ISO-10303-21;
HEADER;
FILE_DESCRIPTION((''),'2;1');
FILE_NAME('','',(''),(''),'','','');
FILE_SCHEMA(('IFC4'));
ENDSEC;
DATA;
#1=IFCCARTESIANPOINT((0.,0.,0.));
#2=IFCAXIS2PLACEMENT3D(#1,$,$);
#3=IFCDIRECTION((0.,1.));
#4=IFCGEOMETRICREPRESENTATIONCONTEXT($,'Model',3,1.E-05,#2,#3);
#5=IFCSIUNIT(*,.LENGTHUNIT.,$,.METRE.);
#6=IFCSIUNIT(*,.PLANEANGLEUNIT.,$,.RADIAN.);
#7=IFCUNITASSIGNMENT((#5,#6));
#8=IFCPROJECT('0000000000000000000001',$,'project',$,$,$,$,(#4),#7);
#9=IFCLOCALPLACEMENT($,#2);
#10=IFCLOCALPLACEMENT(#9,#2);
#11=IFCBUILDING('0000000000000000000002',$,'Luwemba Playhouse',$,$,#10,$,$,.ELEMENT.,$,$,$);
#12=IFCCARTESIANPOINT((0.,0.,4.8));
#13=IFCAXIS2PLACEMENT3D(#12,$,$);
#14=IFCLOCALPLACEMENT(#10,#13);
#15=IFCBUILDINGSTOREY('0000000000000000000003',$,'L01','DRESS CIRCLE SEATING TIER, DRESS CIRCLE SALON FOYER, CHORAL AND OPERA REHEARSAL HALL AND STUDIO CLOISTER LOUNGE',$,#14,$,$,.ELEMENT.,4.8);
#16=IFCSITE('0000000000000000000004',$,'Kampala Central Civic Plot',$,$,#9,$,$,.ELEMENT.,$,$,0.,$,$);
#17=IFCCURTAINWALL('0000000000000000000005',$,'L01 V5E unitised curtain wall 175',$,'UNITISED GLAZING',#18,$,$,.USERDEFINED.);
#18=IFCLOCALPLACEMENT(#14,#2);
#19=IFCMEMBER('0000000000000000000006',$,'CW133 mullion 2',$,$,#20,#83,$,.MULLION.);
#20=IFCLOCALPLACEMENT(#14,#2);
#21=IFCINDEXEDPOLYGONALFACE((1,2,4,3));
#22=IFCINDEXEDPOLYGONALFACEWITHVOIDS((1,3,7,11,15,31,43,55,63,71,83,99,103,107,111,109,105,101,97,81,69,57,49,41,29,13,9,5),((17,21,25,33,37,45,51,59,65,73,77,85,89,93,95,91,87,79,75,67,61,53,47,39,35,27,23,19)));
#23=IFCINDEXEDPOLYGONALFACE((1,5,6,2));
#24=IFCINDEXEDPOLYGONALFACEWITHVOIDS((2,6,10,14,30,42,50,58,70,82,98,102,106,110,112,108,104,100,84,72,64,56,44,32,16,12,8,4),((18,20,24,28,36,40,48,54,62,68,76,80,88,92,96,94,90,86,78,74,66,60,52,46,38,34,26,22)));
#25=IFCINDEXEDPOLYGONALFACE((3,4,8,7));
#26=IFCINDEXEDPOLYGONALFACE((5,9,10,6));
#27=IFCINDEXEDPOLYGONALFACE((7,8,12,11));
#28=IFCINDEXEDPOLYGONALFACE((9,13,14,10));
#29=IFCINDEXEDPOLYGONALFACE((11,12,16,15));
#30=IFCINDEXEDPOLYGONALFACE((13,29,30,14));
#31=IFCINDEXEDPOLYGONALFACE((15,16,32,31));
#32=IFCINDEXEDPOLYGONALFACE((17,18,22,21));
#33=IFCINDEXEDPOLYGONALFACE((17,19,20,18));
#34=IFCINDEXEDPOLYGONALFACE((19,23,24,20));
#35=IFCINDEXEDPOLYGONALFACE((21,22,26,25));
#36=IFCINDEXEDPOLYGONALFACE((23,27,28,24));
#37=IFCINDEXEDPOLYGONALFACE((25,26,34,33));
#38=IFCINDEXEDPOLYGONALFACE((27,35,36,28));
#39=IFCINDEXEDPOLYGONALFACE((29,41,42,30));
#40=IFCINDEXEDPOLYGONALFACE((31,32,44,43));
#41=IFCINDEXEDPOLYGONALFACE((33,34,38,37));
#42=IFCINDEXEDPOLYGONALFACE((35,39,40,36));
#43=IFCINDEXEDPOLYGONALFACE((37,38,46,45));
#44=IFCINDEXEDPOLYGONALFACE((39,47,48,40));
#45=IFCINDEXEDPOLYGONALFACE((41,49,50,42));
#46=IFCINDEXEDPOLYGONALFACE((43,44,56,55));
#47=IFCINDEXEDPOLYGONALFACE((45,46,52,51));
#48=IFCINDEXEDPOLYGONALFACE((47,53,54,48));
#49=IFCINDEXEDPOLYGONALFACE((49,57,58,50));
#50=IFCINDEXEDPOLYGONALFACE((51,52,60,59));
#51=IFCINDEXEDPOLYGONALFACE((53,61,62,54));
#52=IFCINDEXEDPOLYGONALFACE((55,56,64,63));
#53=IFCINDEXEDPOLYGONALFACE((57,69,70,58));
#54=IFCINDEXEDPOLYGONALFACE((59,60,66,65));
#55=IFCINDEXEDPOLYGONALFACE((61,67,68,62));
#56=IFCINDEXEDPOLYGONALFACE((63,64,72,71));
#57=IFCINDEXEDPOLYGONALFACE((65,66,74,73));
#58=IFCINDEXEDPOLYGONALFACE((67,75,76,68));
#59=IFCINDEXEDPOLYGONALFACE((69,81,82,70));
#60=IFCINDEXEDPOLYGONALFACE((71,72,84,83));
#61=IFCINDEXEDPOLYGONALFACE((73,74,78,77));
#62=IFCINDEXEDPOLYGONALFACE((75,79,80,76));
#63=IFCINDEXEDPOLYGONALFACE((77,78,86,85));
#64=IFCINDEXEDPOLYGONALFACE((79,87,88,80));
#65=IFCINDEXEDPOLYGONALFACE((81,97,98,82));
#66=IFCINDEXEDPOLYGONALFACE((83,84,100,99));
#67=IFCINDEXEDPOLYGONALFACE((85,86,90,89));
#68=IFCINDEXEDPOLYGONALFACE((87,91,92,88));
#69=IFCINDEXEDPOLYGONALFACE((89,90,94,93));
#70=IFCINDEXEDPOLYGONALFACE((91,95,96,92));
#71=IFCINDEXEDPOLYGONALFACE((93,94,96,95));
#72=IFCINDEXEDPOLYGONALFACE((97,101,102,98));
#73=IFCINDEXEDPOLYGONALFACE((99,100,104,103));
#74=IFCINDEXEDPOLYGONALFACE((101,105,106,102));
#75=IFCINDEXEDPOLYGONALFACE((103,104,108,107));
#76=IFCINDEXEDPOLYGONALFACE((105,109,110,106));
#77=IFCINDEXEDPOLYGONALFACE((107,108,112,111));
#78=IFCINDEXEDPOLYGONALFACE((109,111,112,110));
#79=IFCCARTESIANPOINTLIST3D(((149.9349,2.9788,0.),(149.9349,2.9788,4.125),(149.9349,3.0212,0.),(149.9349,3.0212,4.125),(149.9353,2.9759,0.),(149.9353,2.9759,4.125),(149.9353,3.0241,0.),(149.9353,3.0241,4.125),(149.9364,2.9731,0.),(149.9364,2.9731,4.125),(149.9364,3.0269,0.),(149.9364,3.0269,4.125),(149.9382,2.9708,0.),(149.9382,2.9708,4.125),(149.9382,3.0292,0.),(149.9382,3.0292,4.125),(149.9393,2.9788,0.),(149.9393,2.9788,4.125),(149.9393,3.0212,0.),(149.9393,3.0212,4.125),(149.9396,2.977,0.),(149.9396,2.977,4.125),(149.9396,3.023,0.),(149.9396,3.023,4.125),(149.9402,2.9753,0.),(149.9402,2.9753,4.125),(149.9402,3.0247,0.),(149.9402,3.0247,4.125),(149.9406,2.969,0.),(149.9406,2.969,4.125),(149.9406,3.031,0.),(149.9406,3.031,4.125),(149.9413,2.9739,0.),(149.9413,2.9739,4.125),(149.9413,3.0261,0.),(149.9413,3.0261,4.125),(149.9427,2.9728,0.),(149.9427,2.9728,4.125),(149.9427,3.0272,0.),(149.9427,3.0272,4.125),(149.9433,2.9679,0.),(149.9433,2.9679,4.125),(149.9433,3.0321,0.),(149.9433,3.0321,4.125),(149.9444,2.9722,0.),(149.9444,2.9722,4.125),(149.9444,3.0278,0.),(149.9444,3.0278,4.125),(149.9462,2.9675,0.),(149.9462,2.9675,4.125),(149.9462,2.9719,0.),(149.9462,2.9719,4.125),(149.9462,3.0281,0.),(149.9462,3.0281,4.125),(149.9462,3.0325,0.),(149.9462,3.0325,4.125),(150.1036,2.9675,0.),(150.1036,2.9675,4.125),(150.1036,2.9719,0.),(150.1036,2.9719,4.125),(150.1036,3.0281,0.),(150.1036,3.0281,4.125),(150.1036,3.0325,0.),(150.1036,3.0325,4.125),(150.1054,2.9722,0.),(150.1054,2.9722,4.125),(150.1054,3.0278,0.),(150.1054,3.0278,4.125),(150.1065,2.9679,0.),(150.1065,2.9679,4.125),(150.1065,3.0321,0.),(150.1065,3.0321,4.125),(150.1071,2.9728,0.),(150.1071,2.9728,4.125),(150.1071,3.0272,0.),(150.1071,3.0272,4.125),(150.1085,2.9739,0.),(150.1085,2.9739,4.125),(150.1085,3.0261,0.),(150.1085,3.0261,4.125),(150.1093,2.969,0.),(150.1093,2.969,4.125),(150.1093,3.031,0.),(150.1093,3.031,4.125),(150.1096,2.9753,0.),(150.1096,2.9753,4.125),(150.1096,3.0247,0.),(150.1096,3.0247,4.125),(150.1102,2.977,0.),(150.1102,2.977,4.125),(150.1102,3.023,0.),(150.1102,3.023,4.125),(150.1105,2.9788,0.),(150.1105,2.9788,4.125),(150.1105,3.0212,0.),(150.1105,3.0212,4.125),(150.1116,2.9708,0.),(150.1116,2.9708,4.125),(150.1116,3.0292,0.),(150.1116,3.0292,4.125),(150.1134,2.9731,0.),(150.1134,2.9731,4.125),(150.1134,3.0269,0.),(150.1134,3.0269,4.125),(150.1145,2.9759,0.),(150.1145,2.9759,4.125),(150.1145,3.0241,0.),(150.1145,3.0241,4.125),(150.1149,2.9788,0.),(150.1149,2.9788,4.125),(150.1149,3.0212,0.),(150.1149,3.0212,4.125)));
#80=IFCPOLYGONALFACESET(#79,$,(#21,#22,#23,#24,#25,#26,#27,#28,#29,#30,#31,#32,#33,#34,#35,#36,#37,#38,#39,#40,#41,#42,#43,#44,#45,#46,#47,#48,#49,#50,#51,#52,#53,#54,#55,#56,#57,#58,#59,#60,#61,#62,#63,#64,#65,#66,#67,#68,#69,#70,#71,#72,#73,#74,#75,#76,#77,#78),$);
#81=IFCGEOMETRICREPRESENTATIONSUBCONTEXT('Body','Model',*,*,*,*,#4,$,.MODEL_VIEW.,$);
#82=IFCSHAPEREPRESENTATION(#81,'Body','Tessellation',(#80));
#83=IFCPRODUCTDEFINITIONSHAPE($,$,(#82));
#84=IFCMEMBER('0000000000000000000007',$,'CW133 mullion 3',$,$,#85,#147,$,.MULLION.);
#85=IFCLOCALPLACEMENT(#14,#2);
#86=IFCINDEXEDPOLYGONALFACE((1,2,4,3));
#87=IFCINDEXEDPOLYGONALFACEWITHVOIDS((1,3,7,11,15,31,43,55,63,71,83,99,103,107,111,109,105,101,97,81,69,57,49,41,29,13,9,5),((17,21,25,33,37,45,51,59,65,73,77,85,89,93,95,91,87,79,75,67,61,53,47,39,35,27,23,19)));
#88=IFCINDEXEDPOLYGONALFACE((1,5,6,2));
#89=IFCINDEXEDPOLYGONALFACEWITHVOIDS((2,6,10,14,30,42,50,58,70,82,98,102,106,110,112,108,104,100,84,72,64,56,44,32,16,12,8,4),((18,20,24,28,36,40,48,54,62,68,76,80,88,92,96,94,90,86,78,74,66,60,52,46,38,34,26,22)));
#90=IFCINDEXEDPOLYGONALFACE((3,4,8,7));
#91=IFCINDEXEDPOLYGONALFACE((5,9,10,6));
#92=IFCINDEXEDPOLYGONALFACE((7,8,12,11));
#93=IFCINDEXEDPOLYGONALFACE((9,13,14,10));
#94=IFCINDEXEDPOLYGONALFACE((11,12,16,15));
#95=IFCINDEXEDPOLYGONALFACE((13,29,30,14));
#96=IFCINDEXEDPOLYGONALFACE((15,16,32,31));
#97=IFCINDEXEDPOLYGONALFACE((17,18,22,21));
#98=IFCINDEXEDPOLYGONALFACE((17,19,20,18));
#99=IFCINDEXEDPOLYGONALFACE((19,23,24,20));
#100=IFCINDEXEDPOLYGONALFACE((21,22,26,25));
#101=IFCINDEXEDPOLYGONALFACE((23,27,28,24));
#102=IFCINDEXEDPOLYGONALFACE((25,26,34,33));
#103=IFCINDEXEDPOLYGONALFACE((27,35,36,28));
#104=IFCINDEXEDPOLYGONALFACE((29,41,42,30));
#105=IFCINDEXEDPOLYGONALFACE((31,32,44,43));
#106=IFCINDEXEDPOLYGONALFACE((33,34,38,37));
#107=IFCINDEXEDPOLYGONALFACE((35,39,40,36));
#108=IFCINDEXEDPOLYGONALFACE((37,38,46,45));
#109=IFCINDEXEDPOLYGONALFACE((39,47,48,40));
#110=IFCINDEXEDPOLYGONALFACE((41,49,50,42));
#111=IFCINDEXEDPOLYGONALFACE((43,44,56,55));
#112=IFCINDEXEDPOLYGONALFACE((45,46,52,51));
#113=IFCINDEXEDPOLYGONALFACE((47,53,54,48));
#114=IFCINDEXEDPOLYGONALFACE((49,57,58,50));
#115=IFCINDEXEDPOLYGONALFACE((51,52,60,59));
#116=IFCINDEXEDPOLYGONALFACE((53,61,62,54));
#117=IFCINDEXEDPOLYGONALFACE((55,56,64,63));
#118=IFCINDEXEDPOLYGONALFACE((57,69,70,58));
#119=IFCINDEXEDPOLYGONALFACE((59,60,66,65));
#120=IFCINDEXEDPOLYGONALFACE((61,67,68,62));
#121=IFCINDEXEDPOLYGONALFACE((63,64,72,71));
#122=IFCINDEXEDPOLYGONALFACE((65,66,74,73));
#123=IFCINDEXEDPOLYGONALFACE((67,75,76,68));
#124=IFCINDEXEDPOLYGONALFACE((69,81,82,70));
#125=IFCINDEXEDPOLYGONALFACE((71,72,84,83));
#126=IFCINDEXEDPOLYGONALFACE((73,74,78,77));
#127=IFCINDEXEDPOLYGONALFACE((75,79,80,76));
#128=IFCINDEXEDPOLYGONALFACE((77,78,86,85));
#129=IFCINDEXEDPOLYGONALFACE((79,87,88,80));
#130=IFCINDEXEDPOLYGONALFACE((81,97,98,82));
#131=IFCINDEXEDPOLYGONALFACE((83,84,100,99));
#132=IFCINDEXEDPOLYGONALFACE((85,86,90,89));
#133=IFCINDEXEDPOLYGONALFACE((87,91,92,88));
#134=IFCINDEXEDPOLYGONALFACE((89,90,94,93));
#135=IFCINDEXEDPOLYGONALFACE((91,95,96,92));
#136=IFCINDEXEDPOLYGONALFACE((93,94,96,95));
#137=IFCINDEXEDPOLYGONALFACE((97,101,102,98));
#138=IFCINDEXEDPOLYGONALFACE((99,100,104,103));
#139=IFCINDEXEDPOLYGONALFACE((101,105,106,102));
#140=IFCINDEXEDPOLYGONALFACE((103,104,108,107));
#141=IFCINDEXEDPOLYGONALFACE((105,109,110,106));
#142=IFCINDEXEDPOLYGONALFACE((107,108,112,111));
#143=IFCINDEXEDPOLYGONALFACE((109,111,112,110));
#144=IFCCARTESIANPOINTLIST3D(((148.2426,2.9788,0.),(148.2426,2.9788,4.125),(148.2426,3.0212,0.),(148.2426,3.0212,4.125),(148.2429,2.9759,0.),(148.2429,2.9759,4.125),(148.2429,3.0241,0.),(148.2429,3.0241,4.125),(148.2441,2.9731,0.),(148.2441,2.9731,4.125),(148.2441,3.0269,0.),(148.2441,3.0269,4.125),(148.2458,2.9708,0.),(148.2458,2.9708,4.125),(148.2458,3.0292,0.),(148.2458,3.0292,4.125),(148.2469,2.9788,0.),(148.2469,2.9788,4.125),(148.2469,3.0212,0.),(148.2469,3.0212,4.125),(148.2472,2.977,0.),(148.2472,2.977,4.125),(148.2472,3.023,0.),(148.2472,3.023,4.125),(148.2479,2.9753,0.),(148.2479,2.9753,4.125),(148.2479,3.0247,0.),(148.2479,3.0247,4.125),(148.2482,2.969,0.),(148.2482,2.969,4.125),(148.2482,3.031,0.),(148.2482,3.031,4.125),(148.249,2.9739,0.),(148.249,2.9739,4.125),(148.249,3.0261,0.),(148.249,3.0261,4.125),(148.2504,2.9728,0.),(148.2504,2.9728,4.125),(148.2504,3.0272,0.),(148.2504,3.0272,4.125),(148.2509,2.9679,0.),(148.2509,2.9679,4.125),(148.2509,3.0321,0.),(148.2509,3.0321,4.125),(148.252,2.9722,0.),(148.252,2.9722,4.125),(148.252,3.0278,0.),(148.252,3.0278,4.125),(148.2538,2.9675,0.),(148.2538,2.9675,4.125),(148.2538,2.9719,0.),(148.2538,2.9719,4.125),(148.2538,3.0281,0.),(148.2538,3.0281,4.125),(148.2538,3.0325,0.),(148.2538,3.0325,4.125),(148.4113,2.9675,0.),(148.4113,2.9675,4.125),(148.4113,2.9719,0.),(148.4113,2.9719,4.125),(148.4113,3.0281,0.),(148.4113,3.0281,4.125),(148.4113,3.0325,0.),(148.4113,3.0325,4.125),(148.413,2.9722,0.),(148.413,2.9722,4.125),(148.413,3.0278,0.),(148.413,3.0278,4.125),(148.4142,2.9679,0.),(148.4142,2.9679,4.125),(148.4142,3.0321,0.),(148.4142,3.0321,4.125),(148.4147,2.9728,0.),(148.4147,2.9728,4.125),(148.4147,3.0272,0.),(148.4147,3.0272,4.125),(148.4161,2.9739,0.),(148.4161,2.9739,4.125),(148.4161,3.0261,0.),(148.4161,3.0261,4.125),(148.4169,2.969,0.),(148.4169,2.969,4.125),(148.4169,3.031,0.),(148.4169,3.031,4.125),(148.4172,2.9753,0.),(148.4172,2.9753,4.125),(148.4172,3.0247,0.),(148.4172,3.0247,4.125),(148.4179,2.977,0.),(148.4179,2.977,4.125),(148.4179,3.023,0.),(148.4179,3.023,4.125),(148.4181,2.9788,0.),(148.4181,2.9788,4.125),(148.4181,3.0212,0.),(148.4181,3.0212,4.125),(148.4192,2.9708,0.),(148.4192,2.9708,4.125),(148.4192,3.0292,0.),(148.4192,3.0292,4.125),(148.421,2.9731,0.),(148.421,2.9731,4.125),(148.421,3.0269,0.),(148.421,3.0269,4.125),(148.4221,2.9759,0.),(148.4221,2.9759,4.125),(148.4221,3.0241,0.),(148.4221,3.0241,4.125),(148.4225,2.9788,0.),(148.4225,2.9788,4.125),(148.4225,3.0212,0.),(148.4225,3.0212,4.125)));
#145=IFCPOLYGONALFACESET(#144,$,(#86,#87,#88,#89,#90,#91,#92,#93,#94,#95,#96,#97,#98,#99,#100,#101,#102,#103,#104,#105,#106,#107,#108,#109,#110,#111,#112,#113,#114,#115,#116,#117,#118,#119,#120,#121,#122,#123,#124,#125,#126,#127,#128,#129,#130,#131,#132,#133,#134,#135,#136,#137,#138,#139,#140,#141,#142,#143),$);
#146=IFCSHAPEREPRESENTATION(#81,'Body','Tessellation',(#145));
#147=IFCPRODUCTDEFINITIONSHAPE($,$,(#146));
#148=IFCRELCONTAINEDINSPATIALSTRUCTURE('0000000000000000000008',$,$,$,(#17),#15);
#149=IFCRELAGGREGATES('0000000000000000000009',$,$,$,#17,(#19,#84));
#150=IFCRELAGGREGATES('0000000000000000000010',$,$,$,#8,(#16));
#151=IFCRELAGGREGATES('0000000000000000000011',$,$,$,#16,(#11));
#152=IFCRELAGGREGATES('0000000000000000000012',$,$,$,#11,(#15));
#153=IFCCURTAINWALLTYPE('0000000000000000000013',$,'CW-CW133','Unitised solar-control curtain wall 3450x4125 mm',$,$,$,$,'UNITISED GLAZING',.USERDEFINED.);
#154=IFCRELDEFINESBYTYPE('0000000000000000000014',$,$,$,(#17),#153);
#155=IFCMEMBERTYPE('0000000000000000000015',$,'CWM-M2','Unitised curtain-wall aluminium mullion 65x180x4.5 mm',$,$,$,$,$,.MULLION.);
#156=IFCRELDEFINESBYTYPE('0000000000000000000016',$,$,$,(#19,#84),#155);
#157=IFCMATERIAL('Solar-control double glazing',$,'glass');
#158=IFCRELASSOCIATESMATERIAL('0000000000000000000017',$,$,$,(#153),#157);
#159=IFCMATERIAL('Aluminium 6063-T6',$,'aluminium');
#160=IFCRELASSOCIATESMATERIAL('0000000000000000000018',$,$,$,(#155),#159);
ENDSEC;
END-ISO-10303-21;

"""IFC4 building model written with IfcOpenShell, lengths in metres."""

from ifc_helpers import new_model, si_unit, direction, frame, origin, origin_2d, place, context, subcontext, project, spatial, hollow_rectangle, extrude, material, material_profile, profile_set, type_object, element, aggregate, save


model = new_model("IFC4")

# Units and contexts
model_context = context("Model", 3, precision=1e-05, world=origin(), true_north=direction((0.0, 1.0)))
body_context = subcontext(model_context, "Body", "Model", "MODEL_VIEW")
ifc_project = project(units=[si_unit("LENGTHUNIT", "METRE"), si_unit("PLANEANGLEUNIT", "RADIAN")], contexts=[model_context])

# Site, building, storey
site_placement = place(None, origin())
site = spatial("IfcSite", under=ifc_project, at=site_placement, Name="Kampala Central Civic Plot", CompositionType="ELEMENT", RefElevation=0.0)
building_placement = place(site_placement, origin())
building = spatial("IfcBuilding", under=site, at=building_placement, Name="Luwemba Playhouse", CompositionType="ELEMENT")
storey_placement = place(building_placement, frame((0.0, 0.0, 4.8)))
storey = spatial("IfcBuildingStorey", under=building, at=storey_placement, Name="L01", Description="DRESS CIRCLE SEATING TIER, DRESS CIRCLE SALON FOYER, CHORAL AND OPERA REHEARSAL HALL AND STUDIO CLOISTER LOUNGE", CompositionType="ELEMENT", Elevation=4.8)

# Curtain wall, members
ifc_material_1 = material(Name="Solar-control double glazing", Category="glass")
ifc_material_2 = material(Name="Aluminium 6063-T6", Category="aluminium")
curtain_wall_type_1 = type_object("IfcCurtainWallType", Name="CW-CW133", Description="Unitised solar-control curtain wall 3450x4125 mm", ElementType="UNITISED GLAZING", PredefinedType="USERDEFINED", material=ifc_material_1)
curtain_wall_1_placement = place(storey_placement, origin())
curtain_wall_1 = element("IfcCurtainWall", 1, at=curtain_wall_1_placement, inside=storey, type_object=curtain_wall_type_1, Name="L01 V5E unitised curtain wall 175", ObjectType="UNITISED GLAZING", PredefinedType="USERDEFINED")
ifc_material_profile_1 = material_profile(ifc_material_2, hollow_rectangle(XDim=0.0649, YDim=0.1799, WallThickness=0.0044, InnerFilletRadius=0.0068, OuterFilletRadius=0.0112, at=origin_2d()))
ifc_profile_set_1 = profile_set([ifc_material_profile_1], Name="Aluminium 6063-T6")
member_type_1 = type_object("IfcMemberType", Name="CWM-M2", Description="Unitised curtain-wall aluminium mullion 65x180x4.5 mm", PredefinedType="MULLION", material=ifc_profile_set_1)
member_1_placement = place(storey_placement, frame((150.0249, 3.0, 0.0), z_axis=(0.0, 0.0, 1.0), x_axis=(0.0, -1.0, 0.0)))
member_1 = element("IfcMember", 2, at=member_1_placement, type_object=member_type_1, Name="CW133 mullion 2", PredefinedType="MULLION", context=body_context, shape_type="SweptSolid", body=[
    extrude(hollow_rectangle(XDim=0.0649, YDim=0.1799, WallThickness=0.0044, InnerFilletRadius=0.0068, OuterFilletRadius=0.0112, at=origin_2d()), origin(), (0.0, 0.0, 1.0), 4.125),
])
member_2_placement = place(storey_placement, frame((148.3325, 3.0, 0.0), z_axis=(0.0, 0.0, 1.0), x_axis=(0.0, -1.0, 0.0)))
member_2 = element("IfcMember", 3, at=member_2_placement, type_object=member_type_1, Name="CW133 mullion 3", PredefinedType="MULLION", context=body_context, shape_type="SweptSolid", body=[
    extrude(hollow_rectangle(XDim=0.0649, YDim=0.1799, WallThickness=0.0044, InnerFilletRadius=0.0068, OuterFilletRadius=0.0112, at=origin_2d()), origin(), (0.0, 0.0, 1.0), 4.125),
])

aggregate(curtain_wall_1, [member_1, member_2])

save(model, "model.ifc")
